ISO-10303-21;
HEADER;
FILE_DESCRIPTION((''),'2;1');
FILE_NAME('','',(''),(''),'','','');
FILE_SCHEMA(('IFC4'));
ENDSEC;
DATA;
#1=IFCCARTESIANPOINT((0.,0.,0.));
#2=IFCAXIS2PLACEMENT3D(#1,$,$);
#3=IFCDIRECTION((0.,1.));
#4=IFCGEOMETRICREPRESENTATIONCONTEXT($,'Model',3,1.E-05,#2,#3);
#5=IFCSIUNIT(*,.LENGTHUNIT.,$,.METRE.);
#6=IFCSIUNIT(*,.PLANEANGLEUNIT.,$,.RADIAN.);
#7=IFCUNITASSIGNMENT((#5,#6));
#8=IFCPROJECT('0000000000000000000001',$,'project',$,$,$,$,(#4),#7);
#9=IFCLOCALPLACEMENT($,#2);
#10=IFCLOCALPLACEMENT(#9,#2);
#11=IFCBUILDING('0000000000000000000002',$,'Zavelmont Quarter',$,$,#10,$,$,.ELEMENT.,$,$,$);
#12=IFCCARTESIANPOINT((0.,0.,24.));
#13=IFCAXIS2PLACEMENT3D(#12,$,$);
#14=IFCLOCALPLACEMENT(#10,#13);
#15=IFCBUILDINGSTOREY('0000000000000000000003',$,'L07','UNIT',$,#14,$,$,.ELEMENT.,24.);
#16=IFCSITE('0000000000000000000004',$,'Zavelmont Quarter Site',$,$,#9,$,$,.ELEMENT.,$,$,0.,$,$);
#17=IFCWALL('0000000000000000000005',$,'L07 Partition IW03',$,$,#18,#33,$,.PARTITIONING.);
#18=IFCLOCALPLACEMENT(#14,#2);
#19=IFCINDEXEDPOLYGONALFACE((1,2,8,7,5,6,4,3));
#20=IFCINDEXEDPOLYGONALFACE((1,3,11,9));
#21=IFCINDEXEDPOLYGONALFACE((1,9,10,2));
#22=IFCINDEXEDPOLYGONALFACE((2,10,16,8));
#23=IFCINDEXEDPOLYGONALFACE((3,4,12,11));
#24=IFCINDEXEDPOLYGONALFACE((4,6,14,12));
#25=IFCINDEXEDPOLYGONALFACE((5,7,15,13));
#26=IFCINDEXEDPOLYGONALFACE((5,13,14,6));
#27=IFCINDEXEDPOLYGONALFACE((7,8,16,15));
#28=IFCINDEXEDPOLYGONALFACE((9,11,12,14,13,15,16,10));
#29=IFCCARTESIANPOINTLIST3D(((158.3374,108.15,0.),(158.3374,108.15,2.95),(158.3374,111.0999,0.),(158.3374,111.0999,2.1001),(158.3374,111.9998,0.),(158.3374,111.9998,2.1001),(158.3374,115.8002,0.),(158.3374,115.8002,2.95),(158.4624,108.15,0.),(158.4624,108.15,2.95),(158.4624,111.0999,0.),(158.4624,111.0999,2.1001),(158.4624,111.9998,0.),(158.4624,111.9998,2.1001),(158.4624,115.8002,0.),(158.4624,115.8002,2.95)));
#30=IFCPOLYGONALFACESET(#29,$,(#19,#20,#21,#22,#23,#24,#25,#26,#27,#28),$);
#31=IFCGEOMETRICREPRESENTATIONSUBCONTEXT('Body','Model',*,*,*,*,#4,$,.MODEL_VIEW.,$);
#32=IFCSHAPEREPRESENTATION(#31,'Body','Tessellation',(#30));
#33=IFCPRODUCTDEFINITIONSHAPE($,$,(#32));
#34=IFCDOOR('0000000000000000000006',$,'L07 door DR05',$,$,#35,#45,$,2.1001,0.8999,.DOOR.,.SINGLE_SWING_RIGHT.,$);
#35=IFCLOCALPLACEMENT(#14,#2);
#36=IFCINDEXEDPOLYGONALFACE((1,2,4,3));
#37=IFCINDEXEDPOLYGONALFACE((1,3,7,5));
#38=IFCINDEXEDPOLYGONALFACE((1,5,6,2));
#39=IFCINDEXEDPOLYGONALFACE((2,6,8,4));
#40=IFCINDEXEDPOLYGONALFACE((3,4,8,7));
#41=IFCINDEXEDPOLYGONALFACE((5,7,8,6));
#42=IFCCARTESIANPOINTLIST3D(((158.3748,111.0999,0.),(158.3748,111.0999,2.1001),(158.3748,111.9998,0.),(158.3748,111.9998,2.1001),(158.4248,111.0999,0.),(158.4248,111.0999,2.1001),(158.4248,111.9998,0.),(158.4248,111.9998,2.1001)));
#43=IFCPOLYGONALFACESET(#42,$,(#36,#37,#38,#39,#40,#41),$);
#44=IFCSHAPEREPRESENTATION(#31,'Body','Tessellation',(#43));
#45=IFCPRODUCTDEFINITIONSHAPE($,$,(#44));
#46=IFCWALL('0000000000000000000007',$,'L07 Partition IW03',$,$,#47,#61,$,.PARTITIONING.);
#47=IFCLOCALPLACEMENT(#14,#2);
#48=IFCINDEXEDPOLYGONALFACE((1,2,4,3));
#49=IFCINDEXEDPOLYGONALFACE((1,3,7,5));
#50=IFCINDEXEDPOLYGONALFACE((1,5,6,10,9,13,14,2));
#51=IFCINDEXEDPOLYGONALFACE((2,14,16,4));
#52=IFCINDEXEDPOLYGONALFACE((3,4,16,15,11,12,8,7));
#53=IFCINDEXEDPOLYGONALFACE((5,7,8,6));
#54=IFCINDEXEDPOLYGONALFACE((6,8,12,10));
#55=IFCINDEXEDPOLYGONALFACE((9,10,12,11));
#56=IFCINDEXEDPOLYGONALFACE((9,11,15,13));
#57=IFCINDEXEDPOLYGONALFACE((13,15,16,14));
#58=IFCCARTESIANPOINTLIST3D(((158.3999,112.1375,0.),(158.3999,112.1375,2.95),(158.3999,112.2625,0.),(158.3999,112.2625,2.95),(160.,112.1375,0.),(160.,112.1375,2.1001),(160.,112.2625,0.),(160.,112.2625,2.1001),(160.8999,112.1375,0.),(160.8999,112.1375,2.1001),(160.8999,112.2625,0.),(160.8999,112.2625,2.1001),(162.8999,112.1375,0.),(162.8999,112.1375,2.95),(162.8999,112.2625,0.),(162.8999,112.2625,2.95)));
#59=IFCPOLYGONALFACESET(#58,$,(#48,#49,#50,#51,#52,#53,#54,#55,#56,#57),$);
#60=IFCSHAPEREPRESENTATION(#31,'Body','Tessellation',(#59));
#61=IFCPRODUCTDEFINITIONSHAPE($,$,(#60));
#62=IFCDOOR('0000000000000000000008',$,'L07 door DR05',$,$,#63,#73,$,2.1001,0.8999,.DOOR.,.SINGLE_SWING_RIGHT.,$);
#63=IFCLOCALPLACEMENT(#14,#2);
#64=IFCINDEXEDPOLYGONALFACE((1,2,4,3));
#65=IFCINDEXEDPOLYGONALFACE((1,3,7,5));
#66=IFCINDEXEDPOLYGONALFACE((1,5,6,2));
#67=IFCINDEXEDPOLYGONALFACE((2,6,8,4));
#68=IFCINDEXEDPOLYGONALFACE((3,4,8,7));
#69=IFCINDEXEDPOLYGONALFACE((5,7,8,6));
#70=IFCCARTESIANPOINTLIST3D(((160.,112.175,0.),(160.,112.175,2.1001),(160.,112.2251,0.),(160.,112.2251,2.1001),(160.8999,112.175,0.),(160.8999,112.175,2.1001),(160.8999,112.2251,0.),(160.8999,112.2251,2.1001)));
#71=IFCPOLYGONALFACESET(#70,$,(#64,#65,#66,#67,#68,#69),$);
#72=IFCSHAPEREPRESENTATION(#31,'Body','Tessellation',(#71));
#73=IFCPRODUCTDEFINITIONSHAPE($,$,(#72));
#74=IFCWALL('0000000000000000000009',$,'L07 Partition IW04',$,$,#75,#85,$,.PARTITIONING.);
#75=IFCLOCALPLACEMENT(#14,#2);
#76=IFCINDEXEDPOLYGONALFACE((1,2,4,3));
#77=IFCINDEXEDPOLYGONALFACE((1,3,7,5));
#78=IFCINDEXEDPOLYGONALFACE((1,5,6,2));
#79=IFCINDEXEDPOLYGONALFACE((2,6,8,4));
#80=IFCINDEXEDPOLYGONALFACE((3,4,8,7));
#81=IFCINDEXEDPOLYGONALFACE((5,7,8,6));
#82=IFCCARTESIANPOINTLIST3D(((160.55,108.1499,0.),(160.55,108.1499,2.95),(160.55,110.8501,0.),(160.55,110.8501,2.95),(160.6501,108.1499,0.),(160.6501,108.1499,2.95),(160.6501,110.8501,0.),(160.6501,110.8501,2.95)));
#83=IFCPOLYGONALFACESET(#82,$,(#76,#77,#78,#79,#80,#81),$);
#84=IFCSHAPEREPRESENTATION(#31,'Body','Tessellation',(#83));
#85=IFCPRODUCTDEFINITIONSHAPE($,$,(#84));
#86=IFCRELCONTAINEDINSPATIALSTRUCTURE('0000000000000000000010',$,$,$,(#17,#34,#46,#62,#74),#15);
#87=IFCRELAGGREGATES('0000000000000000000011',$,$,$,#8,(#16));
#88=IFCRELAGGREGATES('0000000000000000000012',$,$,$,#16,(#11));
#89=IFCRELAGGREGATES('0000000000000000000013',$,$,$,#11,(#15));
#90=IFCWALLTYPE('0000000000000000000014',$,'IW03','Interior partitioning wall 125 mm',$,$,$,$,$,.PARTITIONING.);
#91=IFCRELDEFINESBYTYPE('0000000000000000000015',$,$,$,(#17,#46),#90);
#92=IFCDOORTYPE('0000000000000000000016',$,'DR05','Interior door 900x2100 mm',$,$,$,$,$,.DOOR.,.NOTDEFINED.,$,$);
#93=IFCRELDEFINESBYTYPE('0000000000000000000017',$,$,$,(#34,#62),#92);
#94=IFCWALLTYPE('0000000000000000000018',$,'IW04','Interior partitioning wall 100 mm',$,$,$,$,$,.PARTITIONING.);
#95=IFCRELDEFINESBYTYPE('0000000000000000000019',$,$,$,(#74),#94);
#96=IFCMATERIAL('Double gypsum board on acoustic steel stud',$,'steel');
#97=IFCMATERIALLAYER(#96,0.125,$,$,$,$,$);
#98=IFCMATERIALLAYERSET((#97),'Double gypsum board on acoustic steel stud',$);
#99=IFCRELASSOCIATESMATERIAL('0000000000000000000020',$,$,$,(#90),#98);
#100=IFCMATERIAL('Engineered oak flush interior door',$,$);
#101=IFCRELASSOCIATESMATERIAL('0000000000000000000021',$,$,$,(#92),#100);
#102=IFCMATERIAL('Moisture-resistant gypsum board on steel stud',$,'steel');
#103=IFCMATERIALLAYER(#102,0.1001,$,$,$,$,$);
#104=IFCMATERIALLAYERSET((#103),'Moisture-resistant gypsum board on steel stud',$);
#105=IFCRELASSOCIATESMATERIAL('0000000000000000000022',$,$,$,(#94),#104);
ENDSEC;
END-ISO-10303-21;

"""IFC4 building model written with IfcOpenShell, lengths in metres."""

from ifc_helpers import new_model, si_unit, direction, frame, frame_2d, origin, place, context, subcontext, project, spatial, rectangle, extrude, material, layer, layer_set, type_object, element, fill, save


model = new_model("IFC4")

# Units and contexts
model_context = context("Model", 3, precision=1e-05, world=origin(), true_north=direction((0.0, 1.0)))
body_context = subcontext(model_context, "Body", "Model", "MODEL_VIEW")
ifc_project = project(units=[si_unit("LENGTHUNIT", "METRE"), si_unit("PLANEANGLEUNIT", "RADIAN")], contexts=[model_context])

# Site, building, storey
site_placement = place(None, origin())
site = spatial("IfcSite", under=ifc_project, at=site_placement, Name="Zavelmont Quarter Site", CompositionType="ELEMENT", RefElevation=0.0)
building_placement = place(site_placement, origin())
building = spatial("IfcBuilding", under=site, at=building_placement, Name="Zavelmont Quarter", CompositionType="ELEMENT")
storey_placement = place(building_placement, frame((0.0, 0.0, 24.0)))
storey = spatial("IfcBuildingStorey", under=building, at=storey_placement, Name="L07", Description="UNIT", CompositionType="ELEMENT", Elevation=24.0)

# Walls, openings, doors
ifc_material_1 = material(Name="Double gypsum board on acoustic steel stud", Category="steel")
ifc_layer_1 = layer(ifc_material_1, 0.125)
ifc_layer_set_1 = layer_set([ifc_layer_1], Name="Double gypsum board on acoustic steel stud")
wall_type_1 = type_object("IfcWallType", Name="IW03", Description="Interior partitioning wall 125 mm", PredefinedType="PARTITIONING", material=ifc_layer_set_1)
ifc_material_2 = material(Name="Engineered oak flush interior door")
door_type_1 = type_object("IfcDoorType", Name="DR05", Description="Interior door 900x2100 mm", OperationType="NOTDEFINED", PredefinedType="DOOR", material=ifc_material_2)
wall_1_placement = place(storey_placement, frame((158.3999, 108.1499, 0.0), z_axis=(0.0, 0.0, 1.0), x_axis=(0.0, 1.0, 0.0)))
wall_1 = element("IfcWall", 1, at=wall_1_placement, inside=storey, type_object=wall_type_1, Name="L07 Partition IW03", PredefinedType="PARTITIONING", context=body_context, shape_type="SweptSolid", body=[
    extrude(rectangle(XDim=7.6501, YDim=0.125, at=frame_2d((3.8252, 0.0))), origin(), (0.0, 0.0, 1.0), 2.95),
])
opening_1_placement = place(wall_1_placement, frame((2.95, 0.0, 0.0)))
opening_1 = element("IfcOpeningElement", 2, at=opening_1_placement, cuts=wall_1, PredefinedType="OPENING", context=body_context, shape_type="SweptSolid", body=[
    extrude(rectangle(XDim=0.8999, YDim=2.1001, at=frame_2d((0.45, 1.05))), frame((0.0, 0.0745, 0.0), z_axis=(0.0, -1.0, 0.0), x_axis=(1.0, 0.0, 0.0)), (0.0, 0.0, 1.0), 0.1489),
])
door_1_placement = place(opening_1_placement, frame((0.8999, 0.0, 0.0), z_axis=(0.0, 0.0, 1.0), x_axis=(-1.0, 0.0, 0.0)))
door_1 = element("IfcDoor", 3, at=door_1_placement, inside=storey, type_object=door_type_1, Name="L07 door DR05", OperationType="SINGLE_SWING_RIGHT", OverallHeight=2.1001, OverallWidth=0.8999, PredefinedType="DOOR", context=body_context, shape_type="SweptSolid", body=[
    extrude(rectangle(XDim=0.8999, YDim=2.1001, at=frame_2d((0.45, 1.05))), frame((0.0, 0.0249, 0.0), z_axis=(0.0, -1.0, 0.0), x_axis=(1.0, 0.0, 0.0)), (0.0, 0.0, 1.0), 0.05),
])
fill(opening_1, door_1)
wall_2_placement = place(storey_placement, frame((158.3999, 112.2, 0.0), z_axis=(0.0, 0.0, 1.0), x_axis=(1.0, 0.0, 0.0)))
wall_2 = element("IfcWall", 4, at=wall_2_placement, inside=storey, type_object=wall_type_1, Name="L07 Partition IW03", PredefinedType="PARTITIONING", context=body_context, shape_type="SweptSolid", body=[
    extrude(rectangle(XDim=4.5, YDim=0.125, at=frame_2d((2.25, 0.0))), origin(), (0.0, 0.0, 1.0), 2.95),
])
opening_2_placement = place(wall_2_placement, frame((1.6001, 0.0, 0.0)))
opening_2 = element("IfcOpeningElement", 5, at=opening_2_placement, cuts=wall_2, PredefinedType="OPENING", context=body_context, shape_type="SweptSolid", body=[
    extrude(rectangle(XDim=0.8999, YDim=2.1001, at=frame_2d((0.45, 1.05))), frame((0.0, 0.0745, 0.0), z_axis=(0.0, -1.0, 0.0), x_axis=(1.0, 0.0, 0.0)), (0.0, 0.0, 1.0), 0.1489),
])
door_2_placement = place(opening_2_placement, frame((0.8999, 0.0, 0.0), z_axis=(0.0, 0.0, 1.0), x_axis=(-1.0, 0.0, 0.0)))
door_2 = element("IfcDoor", 6, at=door_2_placement, inside=storey, type_object=door_type_1, Name="L07 door DR05", OperationType="SINGLE_SWING_RIGHT", OverallHeight=2.1001, OverallWidth=0.8999, PredefinedType="DOOR", context=body_context, shape_type="SweptSolid", body=[
    extrude(rectangle(XDim=0.8999, YDim=2.1001, at=frame_2d((0.45, 1.05))), frame((0.0, 0.0249, 0.0), z_axis=(0.0, -1.0, 0.0), x_axis=(1.0, 0.0, 0.0)), (0.0, 0.0, 1.0), 0.05),
])
fill(opening_2, door_2)

# Wall
ifc_material_3 = material(Name="Moisture-resistant gypsum board on steel stud", Category="steel")
ifc_layer_2 = layer(ifc_material_3, 0.1001)
ifc_layer_set_2 = layer_set([ifc_layer_2], Name="Moisture-resistant gypsum board on steel stud")
wall_type_2 = type_object("IfcWallType", Name="IW04", Description="Interior partitioning wall 100 mm", PredefinedType="PARTITIONING", material=ifc_layer_set_2)
wall_3_placement = place(storey_placement, frame((160.6001, 108.1499, 0.0), z_axis=(0.0, 0.0, 1.0), x_axis=(0.0, 1.0, 0.0)))
element("IfcWall", 7, at=wall_3_placement, inside=storey, type_object=wall_type_2, Name="L07 Partition IW04", PredefinedType="PARTITIONING", context=body_context, shape_type="SweptSolid", body=[
    extrude(rectangle(XDim=2.7002, YDim=0.1001, at=frame_2d((1.3501, 0.0))), origin(), (0.0, 0.0, 1.0), 2.95),
])

save(model, "model.ifc")
